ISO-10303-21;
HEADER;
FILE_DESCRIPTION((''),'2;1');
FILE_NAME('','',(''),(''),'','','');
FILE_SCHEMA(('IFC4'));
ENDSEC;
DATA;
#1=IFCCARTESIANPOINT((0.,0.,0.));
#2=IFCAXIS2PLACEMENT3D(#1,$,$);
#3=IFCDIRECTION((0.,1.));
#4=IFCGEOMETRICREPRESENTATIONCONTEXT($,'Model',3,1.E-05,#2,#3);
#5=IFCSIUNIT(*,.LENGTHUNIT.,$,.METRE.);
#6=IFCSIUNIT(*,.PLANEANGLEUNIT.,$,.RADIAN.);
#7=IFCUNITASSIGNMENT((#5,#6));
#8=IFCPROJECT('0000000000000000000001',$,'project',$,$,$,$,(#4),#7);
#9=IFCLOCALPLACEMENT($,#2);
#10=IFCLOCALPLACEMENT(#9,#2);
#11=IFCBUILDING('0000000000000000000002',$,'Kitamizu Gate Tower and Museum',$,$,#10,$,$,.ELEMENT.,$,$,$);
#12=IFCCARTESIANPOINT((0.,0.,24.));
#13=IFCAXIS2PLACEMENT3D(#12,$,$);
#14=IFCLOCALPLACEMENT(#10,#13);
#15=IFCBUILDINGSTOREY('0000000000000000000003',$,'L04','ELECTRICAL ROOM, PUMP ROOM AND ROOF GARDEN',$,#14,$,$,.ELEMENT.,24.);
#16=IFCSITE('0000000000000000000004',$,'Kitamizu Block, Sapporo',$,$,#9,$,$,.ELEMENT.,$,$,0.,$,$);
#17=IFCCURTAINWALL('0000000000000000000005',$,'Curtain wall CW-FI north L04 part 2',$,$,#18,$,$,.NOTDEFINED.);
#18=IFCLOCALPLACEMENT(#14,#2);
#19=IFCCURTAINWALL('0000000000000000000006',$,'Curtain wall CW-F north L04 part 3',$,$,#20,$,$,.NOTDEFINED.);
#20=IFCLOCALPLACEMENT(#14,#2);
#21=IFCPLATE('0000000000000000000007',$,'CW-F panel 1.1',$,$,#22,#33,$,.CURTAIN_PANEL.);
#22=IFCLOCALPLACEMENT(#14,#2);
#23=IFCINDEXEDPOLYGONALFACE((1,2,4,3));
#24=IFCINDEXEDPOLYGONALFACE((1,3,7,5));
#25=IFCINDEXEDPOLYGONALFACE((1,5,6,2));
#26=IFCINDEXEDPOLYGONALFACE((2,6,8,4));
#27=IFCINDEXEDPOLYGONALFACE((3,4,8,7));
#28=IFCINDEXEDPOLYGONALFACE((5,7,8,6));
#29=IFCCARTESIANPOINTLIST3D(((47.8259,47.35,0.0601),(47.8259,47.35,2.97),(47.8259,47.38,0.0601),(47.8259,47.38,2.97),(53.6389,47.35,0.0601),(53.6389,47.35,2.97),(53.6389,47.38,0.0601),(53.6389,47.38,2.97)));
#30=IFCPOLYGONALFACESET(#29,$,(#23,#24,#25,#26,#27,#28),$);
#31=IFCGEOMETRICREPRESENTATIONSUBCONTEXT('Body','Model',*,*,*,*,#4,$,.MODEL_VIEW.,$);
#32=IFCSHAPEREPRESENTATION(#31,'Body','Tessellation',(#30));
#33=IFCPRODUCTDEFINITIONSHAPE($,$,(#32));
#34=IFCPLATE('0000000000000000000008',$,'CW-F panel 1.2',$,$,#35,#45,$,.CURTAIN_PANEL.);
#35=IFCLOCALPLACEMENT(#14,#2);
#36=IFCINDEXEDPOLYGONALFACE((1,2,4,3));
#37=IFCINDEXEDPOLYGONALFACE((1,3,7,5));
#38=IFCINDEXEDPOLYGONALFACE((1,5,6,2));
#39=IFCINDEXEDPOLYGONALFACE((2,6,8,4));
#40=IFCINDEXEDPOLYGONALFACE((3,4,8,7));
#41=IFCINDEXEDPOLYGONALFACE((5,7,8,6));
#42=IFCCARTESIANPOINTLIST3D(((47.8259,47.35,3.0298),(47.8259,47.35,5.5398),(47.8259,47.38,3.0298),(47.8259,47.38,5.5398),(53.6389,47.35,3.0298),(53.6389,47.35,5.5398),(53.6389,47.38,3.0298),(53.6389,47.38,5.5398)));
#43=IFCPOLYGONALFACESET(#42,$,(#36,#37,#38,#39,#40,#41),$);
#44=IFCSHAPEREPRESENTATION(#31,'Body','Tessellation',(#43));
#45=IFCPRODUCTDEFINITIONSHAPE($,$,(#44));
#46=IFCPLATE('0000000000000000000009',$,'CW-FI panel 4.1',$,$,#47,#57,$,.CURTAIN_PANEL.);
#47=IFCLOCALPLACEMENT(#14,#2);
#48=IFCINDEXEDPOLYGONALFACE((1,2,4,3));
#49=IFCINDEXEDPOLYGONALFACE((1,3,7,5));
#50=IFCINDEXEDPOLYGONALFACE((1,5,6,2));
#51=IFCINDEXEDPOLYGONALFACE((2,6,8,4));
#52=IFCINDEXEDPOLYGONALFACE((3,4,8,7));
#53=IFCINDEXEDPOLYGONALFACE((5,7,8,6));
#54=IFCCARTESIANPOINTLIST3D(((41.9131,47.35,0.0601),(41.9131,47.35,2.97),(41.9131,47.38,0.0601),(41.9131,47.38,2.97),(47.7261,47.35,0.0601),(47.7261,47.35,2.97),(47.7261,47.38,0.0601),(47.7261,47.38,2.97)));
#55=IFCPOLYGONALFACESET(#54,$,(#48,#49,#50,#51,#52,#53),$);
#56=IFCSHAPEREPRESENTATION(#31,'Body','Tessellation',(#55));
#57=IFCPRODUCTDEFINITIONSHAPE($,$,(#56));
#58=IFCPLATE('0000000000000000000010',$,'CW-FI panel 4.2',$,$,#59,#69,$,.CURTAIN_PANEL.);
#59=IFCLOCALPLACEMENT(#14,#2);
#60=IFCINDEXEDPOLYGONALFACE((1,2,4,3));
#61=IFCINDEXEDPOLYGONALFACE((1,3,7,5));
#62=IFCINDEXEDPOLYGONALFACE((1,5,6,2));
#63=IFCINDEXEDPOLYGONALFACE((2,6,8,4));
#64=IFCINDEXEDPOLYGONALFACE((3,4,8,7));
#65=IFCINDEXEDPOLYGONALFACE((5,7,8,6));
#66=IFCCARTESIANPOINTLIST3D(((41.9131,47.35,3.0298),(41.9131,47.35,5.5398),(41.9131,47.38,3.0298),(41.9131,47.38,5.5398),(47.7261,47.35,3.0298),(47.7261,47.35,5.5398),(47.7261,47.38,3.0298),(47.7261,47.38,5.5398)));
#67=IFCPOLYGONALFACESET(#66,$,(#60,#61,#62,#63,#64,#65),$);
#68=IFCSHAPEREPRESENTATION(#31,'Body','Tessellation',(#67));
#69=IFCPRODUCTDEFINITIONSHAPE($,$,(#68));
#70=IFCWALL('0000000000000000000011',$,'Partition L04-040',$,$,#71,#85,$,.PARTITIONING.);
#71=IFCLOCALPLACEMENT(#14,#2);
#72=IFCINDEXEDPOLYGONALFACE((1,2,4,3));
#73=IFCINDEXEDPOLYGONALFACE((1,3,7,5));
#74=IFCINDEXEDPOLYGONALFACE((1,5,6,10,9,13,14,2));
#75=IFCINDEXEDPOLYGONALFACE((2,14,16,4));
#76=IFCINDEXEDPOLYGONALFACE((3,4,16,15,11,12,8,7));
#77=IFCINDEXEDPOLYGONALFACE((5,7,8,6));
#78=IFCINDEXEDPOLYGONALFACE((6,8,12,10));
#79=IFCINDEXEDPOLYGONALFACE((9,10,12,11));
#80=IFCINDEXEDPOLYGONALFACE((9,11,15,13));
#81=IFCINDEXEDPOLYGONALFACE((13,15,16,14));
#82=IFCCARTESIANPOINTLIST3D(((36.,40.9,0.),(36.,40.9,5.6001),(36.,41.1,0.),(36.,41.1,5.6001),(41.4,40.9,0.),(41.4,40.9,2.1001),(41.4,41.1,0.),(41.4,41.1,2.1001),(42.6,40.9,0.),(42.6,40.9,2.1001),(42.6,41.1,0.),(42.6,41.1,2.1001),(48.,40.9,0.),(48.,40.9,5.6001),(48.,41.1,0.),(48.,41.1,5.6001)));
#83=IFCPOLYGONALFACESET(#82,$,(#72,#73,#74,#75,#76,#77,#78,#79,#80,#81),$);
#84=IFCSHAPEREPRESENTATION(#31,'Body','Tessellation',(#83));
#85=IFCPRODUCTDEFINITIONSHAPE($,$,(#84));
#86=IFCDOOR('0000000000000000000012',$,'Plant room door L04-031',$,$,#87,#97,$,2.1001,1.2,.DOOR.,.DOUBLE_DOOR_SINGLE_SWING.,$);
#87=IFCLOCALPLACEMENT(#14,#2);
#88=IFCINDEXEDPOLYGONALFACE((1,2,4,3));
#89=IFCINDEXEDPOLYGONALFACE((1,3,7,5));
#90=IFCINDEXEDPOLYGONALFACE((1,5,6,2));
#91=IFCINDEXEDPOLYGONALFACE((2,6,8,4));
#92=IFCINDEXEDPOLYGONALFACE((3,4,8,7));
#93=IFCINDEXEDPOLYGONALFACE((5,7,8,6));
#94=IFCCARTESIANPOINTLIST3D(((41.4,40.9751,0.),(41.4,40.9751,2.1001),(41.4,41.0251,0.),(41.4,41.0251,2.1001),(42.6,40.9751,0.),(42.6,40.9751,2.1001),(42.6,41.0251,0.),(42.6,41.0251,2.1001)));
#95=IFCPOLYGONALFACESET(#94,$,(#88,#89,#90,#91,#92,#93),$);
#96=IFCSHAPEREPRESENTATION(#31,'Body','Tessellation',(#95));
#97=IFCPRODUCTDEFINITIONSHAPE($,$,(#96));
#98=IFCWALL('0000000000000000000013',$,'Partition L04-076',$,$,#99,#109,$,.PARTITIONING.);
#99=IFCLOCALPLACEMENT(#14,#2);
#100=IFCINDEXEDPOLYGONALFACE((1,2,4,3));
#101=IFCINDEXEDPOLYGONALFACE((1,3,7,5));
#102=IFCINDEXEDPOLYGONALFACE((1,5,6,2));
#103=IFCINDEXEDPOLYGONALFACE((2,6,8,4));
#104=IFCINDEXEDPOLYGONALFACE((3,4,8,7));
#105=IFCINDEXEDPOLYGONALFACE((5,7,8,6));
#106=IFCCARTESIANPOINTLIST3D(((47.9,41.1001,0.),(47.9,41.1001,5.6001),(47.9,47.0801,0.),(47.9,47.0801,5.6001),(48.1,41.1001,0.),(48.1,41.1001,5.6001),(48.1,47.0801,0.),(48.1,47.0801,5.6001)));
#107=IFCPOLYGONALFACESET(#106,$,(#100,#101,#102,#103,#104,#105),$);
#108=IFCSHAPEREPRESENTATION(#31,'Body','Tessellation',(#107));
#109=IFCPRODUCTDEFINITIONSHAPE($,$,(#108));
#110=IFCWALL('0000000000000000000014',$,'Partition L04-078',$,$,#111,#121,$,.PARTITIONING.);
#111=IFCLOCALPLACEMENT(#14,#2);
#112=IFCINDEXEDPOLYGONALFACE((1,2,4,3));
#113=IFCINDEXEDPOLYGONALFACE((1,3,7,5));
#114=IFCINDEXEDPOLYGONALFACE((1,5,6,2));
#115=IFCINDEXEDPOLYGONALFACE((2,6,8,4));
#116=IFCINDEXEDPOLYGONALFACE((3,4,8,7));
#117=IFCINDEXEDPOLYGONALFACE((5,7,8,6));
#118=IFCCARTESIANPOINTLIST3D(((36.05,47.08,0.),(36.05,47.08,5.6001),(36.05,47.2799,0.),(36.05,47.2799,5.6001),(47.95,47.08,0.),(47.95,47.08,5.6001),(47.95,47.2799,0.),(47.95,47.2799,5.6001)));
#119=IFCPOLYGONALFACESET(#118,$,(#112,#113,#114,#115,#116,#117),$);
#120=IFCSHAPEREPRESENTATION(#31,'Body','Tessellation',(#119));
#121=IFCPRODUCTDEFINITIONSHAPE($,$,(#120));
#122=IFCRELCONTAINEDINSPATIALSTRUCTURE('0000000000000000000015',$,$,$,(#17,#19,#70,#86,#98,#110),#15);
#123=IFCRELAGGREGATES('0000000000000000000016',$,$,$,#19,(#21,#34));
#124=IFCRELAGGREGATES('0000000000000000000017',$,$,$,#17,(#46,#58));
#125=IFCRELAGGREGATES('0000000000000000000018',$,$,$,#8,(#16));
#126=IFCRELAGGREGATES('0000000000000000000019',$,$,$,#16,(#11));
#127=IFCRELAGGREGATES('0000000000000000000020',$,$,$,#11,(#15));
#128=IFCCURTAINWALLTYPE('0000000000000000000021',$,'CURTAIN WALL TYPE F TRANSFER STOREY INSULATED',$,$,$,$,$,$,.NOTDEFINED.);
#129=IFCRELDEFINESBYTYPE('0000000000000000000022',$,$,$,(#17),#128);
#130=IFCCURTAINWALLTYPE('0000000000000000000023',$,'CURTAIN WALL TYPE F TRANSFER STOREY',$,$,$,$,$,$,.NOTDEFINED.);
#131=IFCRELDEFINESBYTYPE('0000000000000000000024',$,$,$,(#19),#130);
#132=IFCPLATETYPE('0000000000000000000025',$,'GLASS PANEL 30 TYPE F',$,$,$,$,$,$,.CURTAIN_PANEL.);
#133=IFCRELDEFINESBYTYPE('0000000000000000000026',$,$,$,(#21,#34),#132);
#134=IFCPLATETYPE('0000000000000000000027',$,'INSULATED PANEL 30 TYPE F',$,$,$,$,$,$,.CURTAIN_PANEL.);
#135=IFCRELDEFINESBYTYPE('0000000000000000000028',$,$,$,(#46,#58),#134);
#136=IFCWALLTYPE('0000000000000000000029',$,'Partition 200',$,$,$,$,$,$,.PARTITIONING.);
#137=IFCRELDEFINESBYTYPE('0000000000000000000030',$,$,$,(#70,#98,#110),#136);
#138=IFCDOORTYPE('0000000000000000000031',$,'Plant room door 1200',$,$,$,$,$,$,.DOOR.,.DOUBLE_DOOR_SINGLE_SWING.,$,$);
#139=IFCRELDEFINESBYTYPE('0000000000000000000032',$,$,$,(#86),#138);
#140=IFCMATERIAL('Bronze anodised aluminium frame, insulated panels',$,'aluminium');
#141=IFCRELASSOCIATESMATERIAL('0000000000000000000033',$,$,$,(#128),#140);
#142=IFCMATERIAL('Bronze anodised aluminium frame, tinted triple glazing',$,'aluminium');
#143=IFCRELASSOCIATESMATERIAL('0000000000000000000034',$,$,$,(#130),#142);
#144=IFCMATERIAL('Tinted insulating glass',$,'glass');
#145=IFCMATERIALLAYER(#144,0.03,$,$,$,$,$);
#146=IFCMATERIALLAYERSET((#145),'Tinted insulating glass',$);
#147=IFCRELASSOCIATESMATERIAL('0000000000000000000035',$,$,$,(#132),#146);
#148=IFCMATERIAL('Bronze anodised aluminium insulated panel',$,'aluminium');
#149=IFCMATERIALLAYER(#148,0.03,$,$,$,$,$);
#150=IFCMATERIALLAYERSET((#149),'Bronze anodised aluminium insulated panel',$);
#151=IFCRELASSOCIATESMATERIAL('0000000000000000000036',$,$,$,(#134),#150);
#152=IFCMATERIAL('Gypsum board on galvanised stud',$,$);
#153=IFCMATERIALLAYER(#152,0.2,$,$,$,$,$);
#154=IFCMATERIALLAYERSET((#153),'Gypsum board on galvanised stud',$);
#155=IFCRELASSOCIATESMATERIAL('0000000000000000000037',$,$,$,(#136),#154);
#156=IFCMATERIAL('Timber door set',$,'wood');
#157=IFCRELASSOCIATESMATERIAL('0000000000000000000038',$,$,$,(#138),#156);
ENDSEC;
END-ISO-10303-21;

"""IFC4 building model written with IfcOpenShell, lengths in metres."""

from ifc_helpers import new_model, si_unit, direction, frame, frame_2d, origin, origin_2d, place, context, subcontext, project, spatial, rectangle, extrude, material, layer, layer_set, type_object, element, fill, aggregate, save


model = new_model("IFC4")

# Units and contexts
model_context = context("Model", 3, precision=1e-05, world=origin(), true_north=direction((0.0, 1.0)))
body_context = subcontext(model_context, "Body", "Model", "MODEL_VIEW")
ifc_project = project(units=[si_unit("LENGTHUNIT", "METRE"), si_unit("PLANEANGLEUNIT", "RADIAN")], contexts=[model_context])

# Site, building, storey
site_placement = place(None, origin())
site = spatial("IfcSite", under=ifc_project, at=site_placement, Name="Kitamizu Block, Sapporo", CompositionType="ELEMENT", RefElevation=0.0)
building_placement = place(site_placement, origin())
building = spatial("IfcBuilding", under=site, at=building_placement, Name="Kitamizu Gate Tower and Museum", CompositionType="ELEMENT")
storey_placement = place(building_placement, frame((0.0, 0.0, 24.0)))
storey = spatial("IfcBuildingStorey", under=building, at=storey_placement, Name="L04", Description="ELECTRICAL ROOM, PUMP ROOM AND ROOF GARDEN", CompositionType="ELEMENT", Elevation=24.0)

# Curtain wall
ifc_material_1 = material(Name="Bronze anodised aluminium frame, insulated panels", Category="aluminium")
curtain_wall_type_1 = type_object("IfcCurtainWallType", Name="CURTAIN WALL TYPE F TRANSFER STOREY INSULATED", PredefinedType="NOTDEFINED", material=ifc_material_1)
curtain_wall_1_placement = place(storey_placement, origin())
curtain_wall_1 = element("IfcCurtainWall", 1, at=curtain_wall_1_placement, inside=storey, type_object=curtain_wall_type_1, Name="Curtain wall CW-FI north L04 part 2", PredefinedType="NOTDEFINED")

# Curtain wall
ifc_material_2 = material(Name="Bronze anodised aluminium frame, tinted triple glazing", Category="aluminium")
curtain_wall_type_2 = type_object("IfcCurtainWallType", Name="CURTAIN WALL TYPE F TRANSFER STOREY", PredefinedType="NOTDEFINED", material=ifc_material_2)
curtain_wall_2_placement = place(storey_placement, origin())
curtain_wall_2 = element("IfcCurtainWall", 2, at=curtain_wall_2_placement, inside=storey, type_object=curtain_wall_type_2, Name="Curtain wall CW-F north L04 part 3", PredefinedType="NOTDEFINED")

# Plates
ifc_material_3 = material(Name="Tinted insulating glass", Category="glass")
ifc_layer_1 = layer(ifc_material_3, 0.03)
ifc_layer_set_1 = layer_set([ifc_layer_1], Name="Tinted insulating glass")
plate_type_1 = type_object("IfcPlateType", Name="GLASS PANEL 30 TYPE F", PredefinedType="CURTAIN_PANEL", material=ifc_layer_set_1)
plate_1_placement = place(storey_placement, frame((50.7324, 47.365, 0.0601), z_axis=(0.0, 0.0, 1.0), x_axis=(1.0, 0.0, 0.0)))
plate_1 = element("IfcPlate", 3, at=plate_1_placement, type_object=plate_type_1, Name="CW-F panel 1.1", PredefinedType="CURTAIN_PANEL", context=body_context, shape_type="SweptSolid", body=[
    extrude(rectangle(XDim=5.813, YDim=0.03, at=origin_2d()), origin(), (0.0, 0.0, 1.0), 2.9099),
])
plate_2_placement = place(storey_placement, frame((50.7324, 47.365, 3.0298), z_axis=(0.0, 0.0, 1.0), x_axis=(1.0, 0.0, 0.0)))
plate_2 = element("IfcPlate", 4, at=plate_2_placement, type_object=plate_type_1, Name="CW-F panel 1.2", PredefinedType="CURTAIN_PANEL", context=body_context, shape_type="SweptSolid", body=[
    extrude(rectangle(XDim=5.813, YDim=0.03, at=origin_2d()), origin(), (0.0, 0.0, 1.0), 2.51),
])
aggregate(curtain_wall_2, [plate_1, plate_2])
ifc_material_4 = material(Name="Bronze anodised aluminium insulated panel", Category="aluminium")
ifc_layer_2 = layer(ifc_material_4, 0.03)
ifc_layer_set_2 = layer_set([ifc_layer_2], Name="Bronze anodised aluminium insulated panel")
plate_type_2 = type_object("IfcPlateType", Name="INSULATED PANEL 30 TYPE F", PredefinedType="CURTAIN_PANEL", material=ifc_layer_set_2)
plate_3_placement = place(storey_placement, frame((44.8196, 47.365, 0.0601), z_axis=(0.0, 0.0, 1.0), x_axis=(1.0, 0.0, 0.0)))
plate_3 = element("IfcPlate", 5, at=plate_3_placement, type_object=plate_type_2, Name="CW-FI panel 4.1", PredefinedType="CURTAIN_PANEL", context=body_context, shape_type="SweptSolid", body=[
    extrude(rectangle(XDim=5.813, YDim=0.03, at=origin_2d()), origin(), (0.0, 0.0, 1.0), 2.9099),
])
plate_4_placement = place(storey_placement, frame((44.8196, 47.365, 3.0298), z_axis=(0.0, 0.0, 1.0), x_axis=(1.0, 0.0, 0.0)))
plate_4 = element("IfcPlate", 6, at=plate_4_placement, type_object=plate_type_2, Name="CW-FI panel 4.2", PredefinedType="CURTAIN_PANEL", context=body_context, shape_type="SweptSolid", body=[
    extrude(rectangle(XDim=5.813, YDim=0.03, at=origin_2d()), origin(), (0.0, 0.0, 1.0), 2.51),
])
aggregate(curtain_wall_1, [plate_3, plate_4])

# Wall, opening, door
ifc_material_5 = material(Name="Gypsum board on galvanised stud")
ifc_layer_3 = layer(ifc_material_5, 0.2)
ifc_layer_set_3 = layer_set([ifc_layer_3], Name="Gypsum board on galvanised stud")
wall_type = type_object("IfcWallType", Name="Partition 200", PredefinedType="PARTITIONING", material=ifc_layer_set_3)
wall_1_placement = place(storey_placement, frame((48.0, 41.0, 0.0), z_axis=(0.0, 0.0, 1.0), x_axis=(-1.0, 0.0, 0.0)))
wall_1 = element("IfcWall", 7, at=wall_1_placement, inside=storey, type_object=wall_type, Name="Partition L04-040", PredefinedType="PARTITIONING", context=body_context, shape_type="SweptSolid", body=[
    extrude(rectangle(XDim=12.0, YDim=0.2, at=frame_2d((6.0, 0.0))), origin(), (0.0, 0.0, 1.0), 5.6001),
])
opening_placement = place(wall_1_placement, frame((5.3999, 0.0, 0.0)))
opening = element("IfcOpeningElement", 8, at=opening_placement, cuts=wall_1, PredefinedType="OPENING", context=body_context, shape_type="SweptSolid", body=[
    extrude(rectangle(XDim=1.2, YDim=2.1001, at=frame_2d((0.6001, 1.05))), frame((0.0, 0.1099, 0.0), z_axis=(0.0, -1.0, 0.0), x_axis=(1.0, 0.0, 0.0)), (0.0, 0.0, 1.0), 0.22),
])
ifc_material_6 = material(Name="Timber door set", Category="wood")
door_type = type_object("IfcDoorType", Name="Plant room door 1200", OperationType="DOUBLE_DOOR_SINGLE_SWING", PredefinedType="DOOR", material=ifc_material_6)
door_placement = place(opening_placement, origin())
door = element("IfcDoor", 9, at=door_placement, inside=storey, type_object=door_type, Name="Plant room door L04-031", OperationType="DOUBLE_DOOR_SINGLE_SWING", OverallHeight=2.1001, OverallWidth=1.2, PredefinedType="DOOR", context=body_context, shape_type="SweptSolid", body=[
    extrude(rectangle(XDim=1.2, YDim=2.1001, at=frame_2d((0.6001, 1.05))), frame((0.0, 0.0249, 0.0), z_axis=(0.0, -1.0, 0.0), x_axis=(1.0, 0.0, 0.0)), (0.0, 0.0, 1.0), 0.05),
])
fill(opening, door)

# Walls
wall_2_placement = place(storey_placement, frame((48.0, 41.1001, 0.0), z_axis=(0.0, 0.0, 1.0), x_axis=(0.0, 1.0, 0.0)))
element("IfcWall", 10, at=wall_2_placement, inside=storey, type_object=wall_type, Name="Partition L04-076", PredefinedType="PARTITIONING", context=body_context, shape_type="SweptSolid", body=[
    extrude(rectangle(XDim=5.98, YDim=0.2, at=frame_2d((2.99, 0.0))), origin(), (0.0, 0.0, 1.0), 5.6001),
])
wall_3_placement = place(storey_placement, frame((47.95, 47.1799, 0.0), z_axis=(0.0, 0.0, 1.0), x_axis=(-1.0, 0.0, 0.0)))
element("IfcWall", 11, at=wall_3_placement, inside=storey, type_object=wall_type, Name="Partition L04-078", PredefinedType="PARTITIONING", context=body_context, shape_type="SweptSolid", body=[
    extrude(rectangle(XDim=11.8999, YDim=0.2, at=frame_2d((5.95, 0.0))), origin(), (0.0, 0.0, 1.0), 5.6001),
])

save(model, "model.ifc")
